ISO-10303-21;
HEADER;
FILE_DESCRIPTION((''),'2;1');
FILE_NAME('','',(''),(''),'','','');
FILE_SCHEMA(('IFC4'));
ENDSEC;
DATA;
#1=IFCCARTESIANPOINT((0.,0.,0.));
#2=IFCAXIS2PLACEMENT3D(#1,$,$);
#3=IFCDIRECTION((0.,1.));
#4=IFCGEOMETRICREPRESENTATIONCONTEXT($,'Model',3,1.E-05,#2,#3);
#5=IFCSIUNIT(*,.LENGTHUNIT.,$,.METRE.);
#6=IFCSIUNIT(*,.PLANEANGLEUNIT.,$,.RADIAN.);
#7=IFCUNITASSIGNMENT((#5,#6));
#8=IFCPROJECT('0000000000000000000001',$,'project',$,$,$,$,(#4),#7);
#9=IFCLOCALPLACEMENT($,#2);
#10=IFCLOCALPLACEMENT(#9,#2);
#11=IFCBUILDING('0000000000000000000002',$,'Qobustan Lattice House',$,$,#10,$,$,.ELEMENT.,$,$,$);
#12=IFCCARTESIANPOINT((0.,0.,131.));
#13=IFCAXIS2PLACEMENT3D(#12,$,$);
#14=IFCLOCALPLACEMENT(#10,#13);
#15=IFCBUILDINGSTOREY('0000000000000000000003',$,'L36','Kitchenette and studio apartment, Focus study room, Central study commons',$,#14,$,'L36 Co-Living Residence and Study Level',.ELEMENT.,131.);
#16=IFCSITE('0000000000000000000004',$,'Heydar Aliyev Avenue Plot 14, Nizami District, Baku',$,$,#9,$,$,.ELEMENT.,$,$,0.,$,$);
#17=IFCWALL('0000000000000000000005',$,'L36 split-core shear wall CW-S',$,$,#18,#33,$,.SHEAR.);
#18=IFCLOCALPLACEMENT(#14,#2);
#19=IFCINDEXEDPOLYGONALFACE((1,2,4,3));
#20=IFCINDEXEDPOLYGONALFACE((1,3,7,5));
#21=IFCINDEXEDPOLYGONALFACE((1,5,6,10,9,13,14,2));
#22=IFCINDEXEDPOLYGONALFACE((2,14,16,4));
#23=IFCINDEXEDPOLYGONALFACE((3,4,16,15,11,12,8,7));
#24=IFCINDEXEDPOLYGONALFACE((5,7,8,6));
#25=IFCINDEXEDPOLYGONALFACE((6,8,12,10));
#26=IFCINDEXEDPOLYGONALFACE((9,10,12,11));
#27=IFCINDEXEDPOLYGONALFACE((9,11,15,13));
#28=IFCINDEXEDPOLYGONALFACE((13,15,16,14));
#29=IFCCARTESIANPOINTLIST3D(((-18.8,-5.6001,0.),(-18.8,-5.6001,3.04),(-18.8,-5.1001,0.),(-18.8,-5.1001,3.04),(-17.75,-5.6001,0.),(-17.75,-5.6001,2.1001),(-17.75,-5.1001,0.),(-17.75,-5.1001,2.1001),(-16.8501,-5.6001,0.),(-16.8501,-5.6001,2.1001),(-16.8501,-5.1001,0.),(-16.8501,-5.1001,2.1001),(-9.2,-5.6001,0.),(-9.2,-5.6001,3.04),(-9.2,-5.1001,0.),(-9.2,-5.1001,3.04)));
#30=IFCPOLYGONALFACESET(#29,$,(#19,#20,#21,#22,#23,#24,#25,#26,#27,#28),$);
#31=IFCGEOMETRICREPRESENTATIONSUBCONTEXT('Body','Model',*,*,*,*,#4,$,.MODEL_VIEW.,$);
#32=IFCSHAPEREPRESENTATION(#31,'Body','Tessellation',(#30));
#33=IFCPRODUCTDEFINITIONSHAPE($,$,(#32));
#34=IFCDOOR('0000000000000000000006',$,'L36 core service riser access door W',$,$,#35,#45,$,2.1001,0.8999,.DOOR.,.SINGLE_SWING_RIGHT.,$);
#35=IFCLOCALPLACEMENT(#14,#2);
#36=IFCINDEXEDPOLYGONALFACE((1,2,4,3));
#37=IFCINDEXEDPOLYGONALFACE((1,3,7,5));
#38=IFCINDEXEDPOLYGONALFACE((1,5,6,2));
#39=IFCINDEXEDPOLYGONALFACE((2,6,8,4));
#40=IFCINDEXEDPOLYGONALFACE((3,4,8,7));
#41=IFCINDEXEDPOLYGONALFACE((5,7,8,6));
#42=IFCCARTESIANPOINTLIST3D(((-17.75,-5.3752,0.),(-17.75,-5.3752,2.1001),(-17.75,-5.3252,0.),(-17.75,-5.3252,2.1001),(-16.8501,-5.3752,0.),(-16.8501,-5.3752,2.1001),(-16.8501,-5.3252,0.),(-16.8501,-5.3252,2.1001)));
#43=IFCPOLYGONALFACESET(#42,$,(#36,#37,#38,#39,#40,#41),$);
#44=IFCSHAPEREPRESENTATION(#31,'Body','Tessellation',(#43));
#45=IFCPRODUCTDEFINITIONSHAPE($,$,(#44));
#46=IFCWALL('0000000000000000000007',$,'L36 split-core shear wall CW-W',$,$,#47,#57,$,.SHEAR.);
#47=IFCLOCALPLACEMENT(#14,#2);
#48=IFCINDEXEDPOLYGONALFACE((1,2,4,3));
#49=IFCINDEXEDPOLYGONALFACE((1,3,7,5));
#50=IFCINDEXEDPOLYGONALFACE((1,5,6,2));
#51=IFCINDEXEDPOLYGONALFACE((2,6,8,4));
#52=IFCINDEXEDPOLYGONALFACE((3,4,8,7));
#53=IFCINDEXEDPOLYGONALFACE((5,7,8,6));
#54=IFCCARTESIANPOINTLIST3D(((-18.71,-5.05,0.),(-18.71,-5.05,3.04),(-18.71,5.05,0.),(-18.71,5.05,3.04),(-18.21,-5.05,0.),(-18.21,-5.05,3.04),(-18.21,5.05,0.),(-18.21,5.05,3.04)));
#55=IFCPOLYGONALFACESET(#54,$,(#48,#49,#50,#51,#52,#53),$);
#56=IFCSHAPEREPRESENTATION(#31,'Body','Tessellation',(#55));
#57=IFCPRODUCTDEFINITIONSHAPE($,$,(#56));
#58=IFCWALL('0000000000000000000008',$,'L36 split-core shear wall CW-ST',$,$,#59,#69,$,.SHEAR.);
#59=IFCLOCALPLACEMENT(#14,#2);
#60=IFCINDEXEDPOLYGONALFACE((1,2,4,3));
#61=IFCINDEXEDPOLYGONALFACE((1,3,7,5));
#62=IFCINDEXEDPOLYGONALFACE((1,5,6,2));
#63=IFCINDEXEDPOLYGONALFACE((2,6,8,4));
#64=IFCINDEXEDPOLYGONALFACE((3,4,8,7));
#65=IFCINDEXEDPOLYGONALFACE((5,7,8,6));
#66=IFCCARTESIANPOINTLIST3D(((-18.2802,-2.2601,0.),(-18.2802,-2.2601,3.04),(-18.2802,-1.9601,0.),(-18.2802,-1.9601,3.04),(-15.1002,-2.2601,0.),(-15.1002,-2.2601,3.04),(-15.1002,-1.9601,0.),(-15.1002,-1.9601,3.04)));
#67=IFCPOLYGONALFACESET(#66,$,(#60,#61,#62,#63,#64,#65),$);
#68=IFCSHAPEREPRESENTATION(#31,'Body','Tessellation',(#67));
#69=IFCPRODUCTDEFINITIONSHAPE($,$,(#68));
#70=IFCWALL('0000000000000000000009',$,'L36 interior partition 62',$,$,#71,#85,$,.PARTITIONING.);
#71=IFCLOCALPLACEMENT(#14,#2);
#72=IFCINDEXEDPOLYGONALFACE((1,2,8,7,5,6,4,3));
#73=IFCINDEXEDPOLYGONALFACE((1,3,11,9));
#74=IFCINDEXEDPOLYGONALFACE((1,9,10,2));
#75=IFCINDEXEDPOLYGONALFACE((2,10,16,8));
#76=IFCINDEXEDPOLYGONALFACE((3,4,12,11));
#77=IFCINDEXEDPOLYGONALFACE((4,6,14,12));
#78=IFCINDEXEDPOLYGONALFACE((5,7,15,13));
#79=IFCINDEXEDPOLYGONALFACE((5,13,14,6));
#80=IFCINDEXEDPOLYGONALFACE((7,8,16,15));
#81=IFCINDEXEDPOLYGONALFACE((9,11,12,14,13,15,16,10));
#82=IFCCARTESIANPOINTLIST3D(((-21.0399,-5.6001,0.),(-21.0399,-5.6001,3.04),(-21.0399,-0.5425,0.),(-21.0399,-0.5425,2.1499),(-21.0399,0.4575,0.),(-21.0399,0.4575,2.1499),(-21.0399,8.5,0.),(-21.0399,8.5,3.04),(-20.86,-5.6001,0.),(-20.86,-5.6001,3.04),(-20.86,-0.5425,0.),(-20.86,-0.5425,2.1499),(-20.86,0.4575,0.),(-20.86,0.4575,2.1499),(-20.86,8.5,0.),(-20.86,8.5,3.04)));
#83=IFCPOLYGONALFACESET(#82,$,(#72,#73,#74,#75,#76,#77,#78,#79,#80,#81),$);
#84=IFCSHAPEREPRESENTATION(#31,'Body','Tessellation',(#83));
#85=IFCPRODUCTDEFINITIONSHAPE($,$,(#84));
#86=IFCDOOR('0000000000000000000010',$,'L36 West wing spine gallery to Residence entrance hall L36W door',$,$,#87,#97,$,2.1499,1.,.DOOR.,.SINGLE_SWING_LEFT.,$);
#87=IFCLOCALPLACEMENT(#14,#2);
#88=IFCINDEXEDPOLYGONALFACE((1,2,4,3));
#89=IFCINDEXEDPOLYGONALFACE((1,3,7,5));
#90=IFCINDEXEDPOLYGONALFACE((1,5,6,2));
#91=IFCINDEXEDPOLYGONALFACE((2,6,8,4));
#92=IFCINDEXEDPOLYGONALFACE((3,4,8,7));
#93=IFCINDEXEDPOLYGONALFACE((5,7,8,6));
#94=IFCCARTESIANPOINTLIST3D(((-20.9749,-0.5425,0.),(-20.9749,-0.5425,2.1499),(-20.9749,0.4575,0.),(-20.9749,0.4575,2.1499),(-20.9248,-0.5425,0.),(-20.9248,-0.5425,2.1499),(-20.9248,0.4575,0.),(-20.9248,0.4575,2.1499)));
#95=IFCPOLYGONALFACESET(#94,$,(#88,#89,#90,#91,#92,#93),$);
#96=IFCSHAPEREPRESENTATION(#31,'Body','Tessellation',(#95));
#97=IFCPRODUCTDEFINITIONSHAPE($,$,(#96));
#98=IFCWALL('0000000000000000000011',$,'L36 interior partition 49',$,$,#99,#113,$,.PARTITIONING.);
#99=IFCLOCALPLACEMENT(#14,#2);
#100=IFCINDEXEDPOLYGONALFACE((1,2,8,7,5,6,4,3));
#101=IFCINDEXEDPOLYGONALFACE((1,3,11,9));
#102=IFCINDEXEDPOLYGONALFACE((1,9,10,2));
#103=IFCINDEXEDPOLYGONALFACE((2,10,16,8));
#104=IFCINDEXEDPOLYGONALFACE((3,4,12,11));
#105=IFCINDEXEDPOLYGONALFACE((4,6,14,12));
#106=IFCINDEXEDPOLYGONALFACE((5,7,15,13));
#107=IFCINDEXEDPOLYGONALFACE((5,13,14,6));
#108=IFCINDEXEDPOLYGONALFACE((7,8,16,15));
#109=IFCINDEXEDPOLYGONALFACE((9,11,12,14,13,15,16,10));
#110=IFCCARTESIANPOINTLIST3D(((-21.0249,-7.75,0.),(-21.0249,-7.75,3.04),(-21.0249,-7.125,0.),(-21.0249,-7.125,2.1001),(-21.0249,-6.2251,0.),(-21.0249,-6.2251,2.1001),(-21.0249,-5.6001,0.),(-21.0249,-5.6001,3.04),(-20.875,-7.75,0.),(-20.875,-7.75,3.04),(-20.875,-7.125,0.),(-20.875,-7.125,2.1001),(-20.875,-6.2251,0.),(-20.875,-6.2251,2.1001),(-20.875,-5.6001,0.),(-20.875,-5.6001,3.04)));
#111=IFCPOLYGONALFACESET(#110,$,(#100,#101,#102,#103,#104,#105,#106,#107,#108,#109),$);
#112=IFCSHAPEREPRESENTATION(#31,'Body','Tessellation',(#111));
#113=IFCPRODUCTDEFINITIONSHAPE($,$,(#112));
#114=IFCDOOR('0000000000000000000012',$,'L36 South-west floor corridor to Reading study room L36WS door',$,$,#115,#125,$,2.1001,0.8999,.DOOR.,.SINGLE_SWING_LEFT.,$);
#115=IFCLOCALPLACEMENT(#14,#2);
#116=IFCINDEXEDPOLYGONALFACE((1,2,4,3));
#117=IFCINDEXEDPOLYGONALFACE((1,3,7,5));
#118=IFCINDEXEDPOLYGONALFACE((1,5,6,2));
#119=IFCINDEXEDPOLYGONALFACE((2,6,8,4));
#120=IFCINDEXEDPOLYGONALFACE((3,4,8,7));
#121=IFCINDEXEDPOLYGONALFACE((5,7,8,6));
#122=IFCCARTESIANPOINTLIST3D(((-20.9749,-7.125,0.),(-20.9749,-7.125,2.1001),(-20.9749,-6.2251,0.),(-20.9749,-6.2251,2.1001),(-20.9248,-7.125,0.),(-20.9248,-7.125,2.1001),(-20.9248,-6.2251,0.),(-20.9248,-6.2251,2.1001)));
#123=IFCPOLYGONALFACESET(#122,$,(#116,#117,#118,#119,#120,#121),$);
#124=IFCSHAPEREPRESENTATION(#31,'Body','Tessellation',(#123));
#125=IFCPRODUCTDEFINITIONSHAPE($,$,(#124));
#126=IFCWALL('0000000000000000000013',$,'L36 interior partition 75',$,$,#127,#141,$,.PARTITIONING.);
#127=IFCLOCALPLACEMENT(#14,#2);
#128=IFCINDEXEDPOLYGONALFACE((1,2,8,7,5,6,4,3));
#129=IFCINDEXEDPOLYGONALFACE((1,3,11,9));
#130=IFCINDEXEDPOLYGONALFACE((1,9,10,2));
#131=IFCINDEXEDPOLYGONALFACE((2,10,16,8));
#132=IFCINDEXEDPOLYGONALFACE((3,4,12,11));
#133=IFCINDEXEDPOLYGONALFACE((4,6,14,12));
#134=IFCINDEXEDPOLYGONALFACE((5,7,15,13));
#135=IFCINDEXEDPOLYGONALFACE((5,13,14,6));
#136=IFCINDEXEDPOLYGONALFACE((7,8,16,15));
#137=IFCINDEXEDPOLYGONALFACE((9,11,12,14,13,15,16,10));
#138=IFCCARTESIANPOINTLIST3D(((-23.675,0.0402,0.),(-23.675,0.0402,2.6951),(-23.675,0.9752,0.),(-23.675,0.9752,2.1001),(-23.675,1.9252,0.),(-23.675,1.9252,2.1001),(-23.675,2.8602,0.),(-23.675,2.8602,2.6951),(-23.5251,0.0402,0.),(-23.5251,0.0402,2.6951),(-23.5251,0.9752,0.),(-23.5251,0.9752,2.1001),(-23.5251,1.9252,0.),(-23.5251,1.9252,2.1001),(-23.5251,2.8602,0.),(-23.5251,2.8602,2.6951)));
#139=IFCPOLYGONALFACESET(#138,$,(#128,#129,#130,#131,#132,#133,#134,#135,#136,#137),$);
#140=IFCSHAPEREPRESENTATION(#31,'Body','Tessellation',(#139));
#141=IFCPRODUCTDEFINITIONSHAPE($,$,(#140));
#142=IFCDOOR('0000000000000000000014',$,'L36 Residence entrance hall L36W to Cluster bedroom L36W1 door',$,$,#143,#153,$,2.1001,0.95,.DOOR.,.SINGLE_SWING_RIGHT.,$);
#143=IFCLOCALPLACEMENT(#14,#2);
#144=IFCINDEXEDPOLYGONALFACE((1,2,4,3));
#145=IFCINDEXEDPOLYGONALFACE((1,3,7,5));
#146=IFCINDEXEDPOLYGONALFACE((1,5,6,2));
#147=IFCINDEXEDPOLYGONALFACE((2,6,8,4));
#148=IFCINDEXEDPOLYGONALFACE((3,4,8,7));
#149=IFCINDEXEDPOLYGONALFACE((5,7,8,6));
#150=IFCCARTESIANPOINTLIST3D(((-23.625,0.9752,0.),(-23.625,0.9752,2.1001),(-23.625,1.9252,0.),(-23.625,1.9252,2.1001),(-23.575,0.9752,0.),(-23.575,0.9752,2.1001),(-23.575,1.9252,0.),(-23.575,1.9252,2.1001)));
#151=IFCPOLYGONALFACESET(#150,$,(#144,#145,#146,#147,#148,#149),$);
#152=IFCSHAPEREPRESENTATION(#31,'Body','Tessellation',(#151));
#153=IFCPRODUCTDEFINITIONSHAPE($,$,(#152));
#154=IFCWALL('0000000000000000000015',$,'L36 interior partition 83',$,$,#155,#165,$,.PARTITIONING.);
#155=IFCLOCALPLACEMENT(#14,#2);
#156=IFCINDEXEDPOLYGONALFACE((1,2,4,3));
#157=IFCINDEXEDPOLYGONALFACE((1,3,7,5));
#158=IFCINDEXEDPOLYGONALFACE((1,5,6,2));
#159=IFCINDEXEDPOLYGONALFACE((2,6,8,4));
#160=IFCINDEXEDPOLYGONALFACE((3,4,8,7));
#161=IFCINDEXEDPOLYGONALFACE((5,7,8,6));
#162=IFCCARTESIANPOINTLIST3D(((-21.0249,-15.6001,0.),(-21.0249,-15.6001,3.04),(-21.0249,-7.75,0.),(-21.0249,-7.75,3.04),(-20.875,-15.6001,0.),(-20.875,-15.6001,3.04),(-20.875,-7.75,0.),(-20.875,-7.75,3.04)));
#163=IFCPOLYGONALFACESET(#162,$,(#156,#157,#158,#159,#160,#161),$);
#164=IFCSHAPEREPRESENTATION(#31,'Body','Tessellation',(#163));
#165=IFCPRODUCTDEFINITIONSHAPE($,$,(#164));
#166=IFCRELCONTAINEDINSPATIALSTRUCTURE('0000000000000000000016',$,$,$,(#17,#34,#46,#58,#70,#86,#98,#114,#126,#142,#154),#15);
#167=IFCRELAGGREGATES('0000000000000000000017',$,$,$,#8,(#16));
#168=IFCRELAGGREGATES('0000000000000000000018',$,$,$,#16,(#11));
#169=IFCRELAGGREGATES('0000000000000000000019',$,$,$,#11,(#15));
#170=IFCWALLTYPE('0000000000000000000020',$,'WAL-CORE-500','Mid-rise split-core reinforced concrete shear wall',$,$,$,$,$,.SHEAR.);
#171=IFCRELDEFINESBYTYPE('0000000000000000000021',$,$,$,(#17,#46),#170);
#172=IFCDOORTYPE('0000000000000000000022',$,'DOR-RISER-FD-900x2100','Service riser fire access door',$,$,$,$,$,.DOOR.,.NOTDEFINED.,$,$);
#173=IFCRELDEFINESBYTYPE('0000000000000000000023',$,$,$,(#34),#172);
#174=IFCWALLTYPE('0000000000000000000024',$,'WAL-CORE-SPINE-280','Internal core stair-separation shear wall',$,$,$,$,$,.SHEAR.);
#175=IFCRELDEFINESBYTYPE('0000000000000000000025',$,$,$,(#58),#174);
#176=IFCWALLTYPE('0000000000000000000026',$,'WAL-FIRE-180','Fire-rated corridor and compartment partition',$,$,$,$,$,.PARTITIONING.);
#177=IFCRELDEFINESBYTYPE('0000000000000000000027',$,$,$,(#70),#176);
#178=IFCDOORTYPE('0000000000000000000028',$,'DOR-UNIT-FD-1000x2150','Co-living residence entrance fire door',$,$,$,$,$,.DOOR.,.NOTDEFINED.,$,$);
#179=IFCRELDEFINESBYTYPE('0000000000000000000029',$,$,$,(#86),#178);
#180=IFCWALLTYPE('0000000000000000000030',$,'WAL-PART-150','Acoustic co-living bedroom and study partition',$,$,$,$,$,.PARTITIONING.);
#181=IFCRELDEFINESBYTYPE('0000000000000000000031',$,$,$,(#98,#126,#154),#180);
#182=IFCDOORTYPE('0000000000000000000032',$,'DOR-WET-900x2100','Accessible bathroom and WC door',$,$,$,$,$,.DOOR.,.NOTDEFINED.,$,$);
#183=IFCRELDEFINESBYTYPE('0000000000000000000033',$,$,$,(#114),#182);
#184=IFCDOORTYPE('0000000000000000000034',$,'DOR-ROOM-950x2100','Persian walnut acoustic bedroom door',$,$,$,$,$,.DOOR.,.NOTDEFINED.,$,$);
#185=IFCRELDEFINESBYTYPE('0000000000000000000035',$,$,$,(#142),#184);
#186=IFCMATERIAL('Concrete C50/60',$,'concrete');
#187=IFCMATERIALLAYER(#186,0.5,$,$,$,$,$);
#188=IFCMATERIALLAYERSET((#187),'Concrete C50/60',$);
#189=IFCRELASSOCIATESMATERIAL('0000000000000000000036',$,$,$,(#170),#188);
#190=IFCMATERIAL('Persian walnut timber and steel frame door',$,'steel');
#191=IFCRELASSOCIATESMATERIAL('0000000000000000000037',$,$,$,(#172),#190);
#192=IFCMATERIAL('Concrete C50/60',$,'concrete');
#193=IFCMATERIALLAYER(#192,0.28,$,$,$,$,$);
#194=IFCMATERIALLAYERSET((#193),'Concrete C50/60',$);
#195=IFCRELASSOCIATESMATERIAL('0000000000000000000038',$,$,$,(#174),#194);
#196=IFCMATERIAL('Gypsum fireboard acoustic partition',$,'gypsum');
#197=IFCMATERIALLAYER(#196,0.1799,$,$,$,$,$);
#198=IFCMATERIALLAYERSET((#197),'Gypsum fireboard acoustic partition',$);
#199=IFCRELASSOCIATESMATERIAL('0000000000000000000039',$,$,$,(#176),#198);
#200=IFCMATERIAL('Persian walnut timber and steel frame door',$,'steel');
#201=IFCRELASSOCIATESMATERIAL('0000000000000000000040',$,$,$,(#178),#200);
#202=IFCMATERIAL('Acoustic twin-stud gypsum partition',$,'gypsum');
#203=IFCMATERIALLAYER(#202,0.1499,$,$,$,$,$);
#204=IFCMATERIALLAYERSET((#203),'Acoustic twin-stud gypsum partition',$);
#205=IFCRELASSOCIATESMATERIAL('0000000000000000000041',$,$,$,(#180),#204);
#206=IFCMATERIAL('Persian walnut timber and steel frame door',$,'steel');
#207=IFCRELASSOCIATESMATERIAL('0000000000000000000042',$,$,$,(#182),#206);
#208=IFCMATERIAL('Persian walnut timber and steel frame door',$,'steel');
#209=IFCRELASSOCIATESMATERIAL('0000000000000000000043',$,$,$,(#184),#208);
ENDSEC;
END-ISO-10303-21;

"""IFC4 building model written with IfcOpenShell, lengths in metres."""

from ifc_helpers import new_model, si_unit, direction, frame, frame_2d, origin, place, context, subcontext, project, spatial, rectangle, extrude, material, layer, layer_set, type_object, element, fill, save


model = new_model("IFC4")

# Units and contexts
model_context = context("Model", 3, precision=1e-05, world=origin(), true_north=direction((0.0, 1.0)))
body_context = subcontext(model_context, "Body", "Model", "MODEL_VIEW")
ifc_project = project(units=[si_unit("LENGTHUNIT", "METRE"), si_unit("PLANEANGLEUNIT", "RADIAN")], contexts=[model_context])

# Site, building, storey
site_placement = place(None, origin())
site = spatial("IfcSite", under=ifc_project, at=site_placement, Name="Heydar Aliyev Avenue Plot 14, Nizami District, Baku", CompositionType="ELEMENT", RefElevation=0.0)
building_placement = place(site_placement, origin())
building = spatial("IfcBuilding", under=site, at=building_placement, Name="Qobustan Lattice House", CompositionType="ELEMENT")
storey_placement = place(building_placement, frame((0.0, 0.0, 131.0)))
storey = spatial("IfcBuildingStorey", under=building, at=storey_placement, Name="L36", Description="Kitchenette and studio apartment, Focus study room, Central study commons", LongName="L36 Co-Living Residence and Study Level", CompositionType="ELEMENT", Elevation=131.0)

# Wall, opening, door
ifc_material_1 = material(Name="Concrete C50/60", Category="concrete")
ifc_layer_1 = layer(ifc_material_1, 0.5)
ifc_layer_set_1 = layer_set([ifc_layer_1], Name="Concrete C50/60")
wall_type_1 = type_object("IfcWallType", Name="WAL-CORE-500", Description="Mid-rise split-core reinforced concrete shear wall", PredefinedType="SHEAR", material=ifc_layer_set_1)
wall_1_placement = place(storey_placement, frame((-18.8, -5.3501, 0.0), z_axis=(0.0, 0.0, 1.0), x_axis=(1.0, 0.0, 0.0)))
wall_1 = element("IfcWall", 1, at=wall_1_placement, inside=storey, type_object=wall_type_1, Name="L36 split-core shear wall CW-S", PredefinedType="SHEAR", context=body_context, shape_type="SweptSolid", body=[
    extrude(rectangle(XDim=9.6001, YDim=0.5, at=frame_2d((4.8, 0.0))), origin(), (0.0, 0.0, 1.0), 3.04),
])
opening_1_placement = place(wall_1_placement, frame((1.05, 0.0, 0.0)))
opening_1 = element("IfcOpeningElement", 2, at=opening_1_placement, cuts=wall_1, PredefinedType="OPENING", context=body_context, shape_type="SweptSolid", body=[
    extrude(rectangle(XDim=0.8999, YDim=2.1001, at=frame_2d((0.45, 1.05))), frame((0.0, 0.26, 0.0), z_axis=(0.0, -1.0, 0.0), x_axis=(1.0, 0.0, 0.0)), (0.0, 0.0, 1.0), 0.52),
])
ifc_material_2 = material(Name="Persian walnut timber and steel frame door", Category="steel")
door_type_1 = type_object("IfcDoorType", Name="DOR-RISER-FD-900x2100", Description="Service riser fire access door", OperationType="NOTDEFINED", PredefinedType="DOOR", material=ifc_material_2)
door_1_placement = place(opening_1_placement, origin())
door_1 = element("IfcDoor", 3, at=door_1_placement, inside=storey, type_object=door_type_1, Name="L36 core service riser access door W", OperationType="SINGLE_SWING_RIGHT", OverallHeight=2.1001, OverallWidth=0.8999, PredefinedType="DOOR", context=body_context, shape_type="SweptSolid", body=[
    extrude(rectangle(XDim=0.8999, YDim=2.1001, at=frame_2d((0.45, 1.05))), frame((0.0, 0.0249, 0.0), z_axis=(0.0, -1.0, 0.0), x_axis=(1.0, 0.0, 0.0)), (0.0, 0.0, 1.0), 0.05),
])
fill(opening_1, door_1)

# Walls
wall_2_placement = place(storey_placement, frame((-18.46, -5.05, 0.0), z_axis=(0.0, 0.0, 1.0), x_axis=(0.0, 1.0, 0.0)))
element("IfcWall", 4, at=wall_2_placement, inside=storey, type_object=wall_type_1, Name="L36 split-core shear wall CW-W", PredefinedType="SHEAR", context=body_context, shape_type="SweptSolid", body=[
    extrude(rectangle(XDim=10.1001, YDim=0.5, at=frame_2d((5.05, 0.0))), origin(), (0.0, 0.0, 1.0), 3.04),
])
ifc_material_3 = material(Name="Concrete C50/60", Category="concrete")
ifc_layer_2 = layer(ifc_material_3, 0.28)
ifc_layer_set_2 = layer_set([ifc_layer_2], Name="Concrete C50/60")
wall_type_2 = type_object("IfcWallType", Name="WAL-CORE-SPINE-280", Description="Internal core stair-separation shear wall", PredefinedType="SHEAR", material=ifc_layer_set_2)
wall_3_placement = place(storey_placement, frame((-18.28, -2.1101, 0.0), z_axis=(0.0, 0.0, 1.0), x_axis=(1.0, 0.0, 0.0)))
element("IfcWall", 5, at=wall_3_placement, inside=storey, type_object=wall_type_2, Name="L36 split-core shear wall CW-ST", PredefinedType="SHEAR", context=body_context, shape_type="SweptSolid", body=[
    extrude(rectangle(XDim=3.1799, YDim=0.3, at=frame_2d((1.5898, 0.0))), origin(), (0.0, 0.0, 1.0), 3.04),
])

# Walls, openings, doors
ifc_material_4 = material(Name="Gypsum fireboard acoustic partition", Category="gypsum")
ifc_layer_3 = layer(ifc_material_4, 0.1799)
ifc_layer_set_3 = layer_set([ifc_layer_3], Name="Gypsum fireboard acoustic partition")
wall_type_3 = type_object("IfcWallType", Name="WAL-FIRE-180", Description="Fire-rated corridor and compartment partition", PredefinedType="PARTITIONING", material=ifc_layer_set_3)
wall_4_placement = place(storey_placement, frame((-20.95, -5.6001, 0.0), z_axis=(0.0, 0.0, 1.0), x_axis=(0.0, 1.0, 0.0)))
wall_4 = element("IfcWall", 6, at=wall_4_placement, inside=storey, type_object=wall_type_3, Name="L36 interior partition 62", PredefinedType="PARTITIONING", context=body_context, shape_type="SweptSolid", body=[
    extrude(rectangle(XDim=14.1001, YDim=0.1799, at=frame_2d((7.05, 0.0))), origin(), (0.0, 0.0, 1.0), 3.04),
])
opening_2_placement = place(wall_4_placement, frame((5.0576, 0.0, 0.0)))
opening_2 = element("IfcOpeningElement", 7, at=opening_2_placement, cuts=wall_4, PredefinedType="OPENING", context=body_context, shape_type="SweptSolid", body=[
    extrude(rectangle(XDim=1.0, YDim=2.1499, at=frame_2d((0.5, 1.075))), frame((0.0, 0.0999, 0.0), z_axis=(0.0, -1.0, 0.0), x_axis=(1.0, 0.0, 0.0)), (0.0, 0.0, 1.0), 0.2),
])
ifc_material_5 = material(Name="Persian walnut timber and steel frame door", Category="steel")
door_type_2 = type_object("IfcDoorType", Name="DOR-UNIT-FD-1000x2150", Description="Co-living residence entrance fire door", OperationType="NOTDEFINED", PredefinedType="DOOR", material=ifc_material_5)
door_2_placement = place(opening_2_placement, origin())
door_2 = element("IfcDoor", 8, at=door_2_placement, inside=storey, type_object=door_type_2, Name="L36 West wing spine gallery to Residence entrance hall L36W door", OperationType="SINGLE_SWING_LEFT", OverallHeight=2.1499, OverallWidth=1.0, PredefinedType="DOOR", context=body_context, shape_type="SweptSolid", body=[
    extrude(rectangle(XDim=1.0, YDim=2.1499, at=frame_2d((0.5, 1.075))), frame((0.0, 0.0249, 0.0), z_axis=(0.0, -1.0, 0.0), x_axis=(1.0, 0.0, 0.0)), (0.0, 0.0, 1.0), 0.05),
])
fill(opening_2, door_2)
ifc_material_6 = material(Name="Acoustic twin-stud gypsum partition", Category="gypsum")
ifc_layer_4 = layer(ifc_material_6, 0.1499)
ifc_layer_set_4 = layer_set([ifc_layer_4], Name="Acoustic twin-stud gypsum partition")
wall_type_4 = type_object("IfcWallType", Name="WAL-PART-150", Description="Acoustic co-living bedroom and study partition", PredefinedType="PARTITIONING", material=ifc_layer_set_4)
wall_5_placement = place(storey_placement, frame((-20.95, -7.75, 0.0), z_axis=(0.0, 0.0, 1.0), x_axis=(0.0, 1.0, 0.0)))
wall_5 = element("IfcWall", 9, at=wall_5_placement, inside=storey, type_object=wall_type_4, Name="L36 interior partition 49", PredefinedType="PARTITIONING", context=body_context, shape_type="SweptSolid", body=[
    extrude(rectangle(XDim=2.1499, YDim=0.1499, at=frame_2d((1.075, 0.0))), origin(), (0.0, 0.0, 1.0), 3.04),
])
opening_3_placement = place(wall_5_placement, frame((0.625, 0.0, 0.0)))
opening_3 = element("IfcOpeningElement", 10, at=opening_3_placement, cuts=wall_5, PredefinedType="OPENING", context=body_context, shape_type="SweptSolid", body=[
    extrude(rectangle(XDim=0.8999, YDim=2.1001, at=frame_2d((0.45, 1.05))), frame((0.0, 0.085, 0.0), z_axis=(0.0, -1.0, 0.0), x_axis=(1.0, 0.0, 0.0)), (0.0, 0.0, 1.0), 0.1699),
])
ifc_material_7 = material(Name="Persian walnut timber and steel frame door", Category="steel")
door_type_3 = type_object("IfcDoorType", Name="DOR-WET-900x2100", Description="Accessible bathroom and WC door", OperationType="NOTDEFINED", PredefinedType="DOOR", material=ifc_material_7)
door_3_placement = place(opening_3_placement, origin())
door_3 = element("IfcDoor", 11, at=door_3_placement, inside=storey, type_object=door_type_3, Name="L36 South-west floor corridor to Reading study room L36WS door", OperationType="SINGLE_SWING_LEFT", OverallHeight=2.1001, OverallWidth=0.8999, PredefinedType="DOOR", context=body_context, shape_type="SweptSolid", body=[
    extrude(rectangle(XDim=0.8999, YDim=2.1001, at=frame_2d((0.45, 1.05))), frame((0.0, 0.0249, 0.0), z_axis=(0.0, -1.0, 0.0), x_axis=(1.0, 0.0, 0.0)), (0.0, 0.0, 1.0), 0.05),
])
fill(opening_3, door_3)
wall_6_placement = place(storey_placement, frame((-23.6001, 0.04, 0.0), z_axis=(0.0, 0.0, 1.0), x_axis=(0.0, 1.0, 0.0)))
wall_6 = element("IfcWall", 12, at=wall_6_placement, inside=storey, type_object=wall_type_4, Name="L36 interior partition 75", PredefinedType="PARTITIONING", context=body_context, shape_type="SweptSolid", body=[
    extrude(rectangle(XDim=2.8201, YDim=0.1499, at=frame_2d((1.4102, 0.0))), origin(), (0.0, 0.0, 1.0), 2.6951),
])
opening_4_placement = place(wall_6_placement, frame((0.9351, 0.0, 0.0)))
opening_4 = element("IfcOpeningElement", 13, at=opening_4_placement, cuts=wall_6, PredefinedType="OPENING", context=body_context, shape_type="SweptSolid", body=[
    extrude(rectangle(XDim=0.95, YDim=2.1001, at=frame_2d((0.4751, 1.05))), frame((0.0, 0.085, 0.0), z_axis=(0.0, -1.0, 0.0), x_axis=(1.0, 0.0, 0.0)), (0.0, 0.0, 1.0), 0.1699),
])
ifc_material_8 = material(Name="Persian walnut timber and steel frame door", Category="steel")
door_type_4 = type_object("IfcDoorType", Name="DOR-ROOM-950x2100", Description="Persian walnut acoustic bedroom door", OperationType="NOTDEFINED", PredefinedType="DOOR", material=ifc_material_8)
door_4_placement = place(opening_4_placement, origin())
door_4 = element("IfcDoor", 14, at=door_4_placement, inside=storey, type_object=door_type_4, Name="L36 Residence entrance hall L36W to Cluster bedroom L36W1 door", OperationType="SINGLE_SWING_RIGHT", OverallHeight=2.1001, OverallWidth=0.95, PredefinedType="DOOR", context=body_context, shape_type="SweptSolid", body=[
    extrude(rectangle(XDim=0.95, YDim=2.1001, at=frame_2d((0.4751, 1.05))), frame((0.0, 0.0249, 0.0), z_axis=(0.0, -1.0, 0.0), x_axis=(1.0, 0.0, 0.0)), (0.0, 0.0, 1.0), 0.05),
])
fill(opening_4, door_4)

# Wall
wall_7_placement = place(storey_placement, frame((-20.95, -7.75, 0.0), z_axis=(0.0, 0.0, 1.0), x_axis=(0.0, -1.0, 0.0)))
element("IfcWall", 15, at=wall_7_placement, inside=storey, type_object=wall_type_4, Name="L36 interior partition 83", PredefinedType="PARTITIONING", context=body_context, shape_type="SweptSolid", body=[
    extrude(rectangle(XDim=7.8501, YDim=0.1499, at=frame_2d((3.925, 0.0))), origin(), (0.0, 0.0, 1.0), 3.04),
])

save(model, "model.ifc")
